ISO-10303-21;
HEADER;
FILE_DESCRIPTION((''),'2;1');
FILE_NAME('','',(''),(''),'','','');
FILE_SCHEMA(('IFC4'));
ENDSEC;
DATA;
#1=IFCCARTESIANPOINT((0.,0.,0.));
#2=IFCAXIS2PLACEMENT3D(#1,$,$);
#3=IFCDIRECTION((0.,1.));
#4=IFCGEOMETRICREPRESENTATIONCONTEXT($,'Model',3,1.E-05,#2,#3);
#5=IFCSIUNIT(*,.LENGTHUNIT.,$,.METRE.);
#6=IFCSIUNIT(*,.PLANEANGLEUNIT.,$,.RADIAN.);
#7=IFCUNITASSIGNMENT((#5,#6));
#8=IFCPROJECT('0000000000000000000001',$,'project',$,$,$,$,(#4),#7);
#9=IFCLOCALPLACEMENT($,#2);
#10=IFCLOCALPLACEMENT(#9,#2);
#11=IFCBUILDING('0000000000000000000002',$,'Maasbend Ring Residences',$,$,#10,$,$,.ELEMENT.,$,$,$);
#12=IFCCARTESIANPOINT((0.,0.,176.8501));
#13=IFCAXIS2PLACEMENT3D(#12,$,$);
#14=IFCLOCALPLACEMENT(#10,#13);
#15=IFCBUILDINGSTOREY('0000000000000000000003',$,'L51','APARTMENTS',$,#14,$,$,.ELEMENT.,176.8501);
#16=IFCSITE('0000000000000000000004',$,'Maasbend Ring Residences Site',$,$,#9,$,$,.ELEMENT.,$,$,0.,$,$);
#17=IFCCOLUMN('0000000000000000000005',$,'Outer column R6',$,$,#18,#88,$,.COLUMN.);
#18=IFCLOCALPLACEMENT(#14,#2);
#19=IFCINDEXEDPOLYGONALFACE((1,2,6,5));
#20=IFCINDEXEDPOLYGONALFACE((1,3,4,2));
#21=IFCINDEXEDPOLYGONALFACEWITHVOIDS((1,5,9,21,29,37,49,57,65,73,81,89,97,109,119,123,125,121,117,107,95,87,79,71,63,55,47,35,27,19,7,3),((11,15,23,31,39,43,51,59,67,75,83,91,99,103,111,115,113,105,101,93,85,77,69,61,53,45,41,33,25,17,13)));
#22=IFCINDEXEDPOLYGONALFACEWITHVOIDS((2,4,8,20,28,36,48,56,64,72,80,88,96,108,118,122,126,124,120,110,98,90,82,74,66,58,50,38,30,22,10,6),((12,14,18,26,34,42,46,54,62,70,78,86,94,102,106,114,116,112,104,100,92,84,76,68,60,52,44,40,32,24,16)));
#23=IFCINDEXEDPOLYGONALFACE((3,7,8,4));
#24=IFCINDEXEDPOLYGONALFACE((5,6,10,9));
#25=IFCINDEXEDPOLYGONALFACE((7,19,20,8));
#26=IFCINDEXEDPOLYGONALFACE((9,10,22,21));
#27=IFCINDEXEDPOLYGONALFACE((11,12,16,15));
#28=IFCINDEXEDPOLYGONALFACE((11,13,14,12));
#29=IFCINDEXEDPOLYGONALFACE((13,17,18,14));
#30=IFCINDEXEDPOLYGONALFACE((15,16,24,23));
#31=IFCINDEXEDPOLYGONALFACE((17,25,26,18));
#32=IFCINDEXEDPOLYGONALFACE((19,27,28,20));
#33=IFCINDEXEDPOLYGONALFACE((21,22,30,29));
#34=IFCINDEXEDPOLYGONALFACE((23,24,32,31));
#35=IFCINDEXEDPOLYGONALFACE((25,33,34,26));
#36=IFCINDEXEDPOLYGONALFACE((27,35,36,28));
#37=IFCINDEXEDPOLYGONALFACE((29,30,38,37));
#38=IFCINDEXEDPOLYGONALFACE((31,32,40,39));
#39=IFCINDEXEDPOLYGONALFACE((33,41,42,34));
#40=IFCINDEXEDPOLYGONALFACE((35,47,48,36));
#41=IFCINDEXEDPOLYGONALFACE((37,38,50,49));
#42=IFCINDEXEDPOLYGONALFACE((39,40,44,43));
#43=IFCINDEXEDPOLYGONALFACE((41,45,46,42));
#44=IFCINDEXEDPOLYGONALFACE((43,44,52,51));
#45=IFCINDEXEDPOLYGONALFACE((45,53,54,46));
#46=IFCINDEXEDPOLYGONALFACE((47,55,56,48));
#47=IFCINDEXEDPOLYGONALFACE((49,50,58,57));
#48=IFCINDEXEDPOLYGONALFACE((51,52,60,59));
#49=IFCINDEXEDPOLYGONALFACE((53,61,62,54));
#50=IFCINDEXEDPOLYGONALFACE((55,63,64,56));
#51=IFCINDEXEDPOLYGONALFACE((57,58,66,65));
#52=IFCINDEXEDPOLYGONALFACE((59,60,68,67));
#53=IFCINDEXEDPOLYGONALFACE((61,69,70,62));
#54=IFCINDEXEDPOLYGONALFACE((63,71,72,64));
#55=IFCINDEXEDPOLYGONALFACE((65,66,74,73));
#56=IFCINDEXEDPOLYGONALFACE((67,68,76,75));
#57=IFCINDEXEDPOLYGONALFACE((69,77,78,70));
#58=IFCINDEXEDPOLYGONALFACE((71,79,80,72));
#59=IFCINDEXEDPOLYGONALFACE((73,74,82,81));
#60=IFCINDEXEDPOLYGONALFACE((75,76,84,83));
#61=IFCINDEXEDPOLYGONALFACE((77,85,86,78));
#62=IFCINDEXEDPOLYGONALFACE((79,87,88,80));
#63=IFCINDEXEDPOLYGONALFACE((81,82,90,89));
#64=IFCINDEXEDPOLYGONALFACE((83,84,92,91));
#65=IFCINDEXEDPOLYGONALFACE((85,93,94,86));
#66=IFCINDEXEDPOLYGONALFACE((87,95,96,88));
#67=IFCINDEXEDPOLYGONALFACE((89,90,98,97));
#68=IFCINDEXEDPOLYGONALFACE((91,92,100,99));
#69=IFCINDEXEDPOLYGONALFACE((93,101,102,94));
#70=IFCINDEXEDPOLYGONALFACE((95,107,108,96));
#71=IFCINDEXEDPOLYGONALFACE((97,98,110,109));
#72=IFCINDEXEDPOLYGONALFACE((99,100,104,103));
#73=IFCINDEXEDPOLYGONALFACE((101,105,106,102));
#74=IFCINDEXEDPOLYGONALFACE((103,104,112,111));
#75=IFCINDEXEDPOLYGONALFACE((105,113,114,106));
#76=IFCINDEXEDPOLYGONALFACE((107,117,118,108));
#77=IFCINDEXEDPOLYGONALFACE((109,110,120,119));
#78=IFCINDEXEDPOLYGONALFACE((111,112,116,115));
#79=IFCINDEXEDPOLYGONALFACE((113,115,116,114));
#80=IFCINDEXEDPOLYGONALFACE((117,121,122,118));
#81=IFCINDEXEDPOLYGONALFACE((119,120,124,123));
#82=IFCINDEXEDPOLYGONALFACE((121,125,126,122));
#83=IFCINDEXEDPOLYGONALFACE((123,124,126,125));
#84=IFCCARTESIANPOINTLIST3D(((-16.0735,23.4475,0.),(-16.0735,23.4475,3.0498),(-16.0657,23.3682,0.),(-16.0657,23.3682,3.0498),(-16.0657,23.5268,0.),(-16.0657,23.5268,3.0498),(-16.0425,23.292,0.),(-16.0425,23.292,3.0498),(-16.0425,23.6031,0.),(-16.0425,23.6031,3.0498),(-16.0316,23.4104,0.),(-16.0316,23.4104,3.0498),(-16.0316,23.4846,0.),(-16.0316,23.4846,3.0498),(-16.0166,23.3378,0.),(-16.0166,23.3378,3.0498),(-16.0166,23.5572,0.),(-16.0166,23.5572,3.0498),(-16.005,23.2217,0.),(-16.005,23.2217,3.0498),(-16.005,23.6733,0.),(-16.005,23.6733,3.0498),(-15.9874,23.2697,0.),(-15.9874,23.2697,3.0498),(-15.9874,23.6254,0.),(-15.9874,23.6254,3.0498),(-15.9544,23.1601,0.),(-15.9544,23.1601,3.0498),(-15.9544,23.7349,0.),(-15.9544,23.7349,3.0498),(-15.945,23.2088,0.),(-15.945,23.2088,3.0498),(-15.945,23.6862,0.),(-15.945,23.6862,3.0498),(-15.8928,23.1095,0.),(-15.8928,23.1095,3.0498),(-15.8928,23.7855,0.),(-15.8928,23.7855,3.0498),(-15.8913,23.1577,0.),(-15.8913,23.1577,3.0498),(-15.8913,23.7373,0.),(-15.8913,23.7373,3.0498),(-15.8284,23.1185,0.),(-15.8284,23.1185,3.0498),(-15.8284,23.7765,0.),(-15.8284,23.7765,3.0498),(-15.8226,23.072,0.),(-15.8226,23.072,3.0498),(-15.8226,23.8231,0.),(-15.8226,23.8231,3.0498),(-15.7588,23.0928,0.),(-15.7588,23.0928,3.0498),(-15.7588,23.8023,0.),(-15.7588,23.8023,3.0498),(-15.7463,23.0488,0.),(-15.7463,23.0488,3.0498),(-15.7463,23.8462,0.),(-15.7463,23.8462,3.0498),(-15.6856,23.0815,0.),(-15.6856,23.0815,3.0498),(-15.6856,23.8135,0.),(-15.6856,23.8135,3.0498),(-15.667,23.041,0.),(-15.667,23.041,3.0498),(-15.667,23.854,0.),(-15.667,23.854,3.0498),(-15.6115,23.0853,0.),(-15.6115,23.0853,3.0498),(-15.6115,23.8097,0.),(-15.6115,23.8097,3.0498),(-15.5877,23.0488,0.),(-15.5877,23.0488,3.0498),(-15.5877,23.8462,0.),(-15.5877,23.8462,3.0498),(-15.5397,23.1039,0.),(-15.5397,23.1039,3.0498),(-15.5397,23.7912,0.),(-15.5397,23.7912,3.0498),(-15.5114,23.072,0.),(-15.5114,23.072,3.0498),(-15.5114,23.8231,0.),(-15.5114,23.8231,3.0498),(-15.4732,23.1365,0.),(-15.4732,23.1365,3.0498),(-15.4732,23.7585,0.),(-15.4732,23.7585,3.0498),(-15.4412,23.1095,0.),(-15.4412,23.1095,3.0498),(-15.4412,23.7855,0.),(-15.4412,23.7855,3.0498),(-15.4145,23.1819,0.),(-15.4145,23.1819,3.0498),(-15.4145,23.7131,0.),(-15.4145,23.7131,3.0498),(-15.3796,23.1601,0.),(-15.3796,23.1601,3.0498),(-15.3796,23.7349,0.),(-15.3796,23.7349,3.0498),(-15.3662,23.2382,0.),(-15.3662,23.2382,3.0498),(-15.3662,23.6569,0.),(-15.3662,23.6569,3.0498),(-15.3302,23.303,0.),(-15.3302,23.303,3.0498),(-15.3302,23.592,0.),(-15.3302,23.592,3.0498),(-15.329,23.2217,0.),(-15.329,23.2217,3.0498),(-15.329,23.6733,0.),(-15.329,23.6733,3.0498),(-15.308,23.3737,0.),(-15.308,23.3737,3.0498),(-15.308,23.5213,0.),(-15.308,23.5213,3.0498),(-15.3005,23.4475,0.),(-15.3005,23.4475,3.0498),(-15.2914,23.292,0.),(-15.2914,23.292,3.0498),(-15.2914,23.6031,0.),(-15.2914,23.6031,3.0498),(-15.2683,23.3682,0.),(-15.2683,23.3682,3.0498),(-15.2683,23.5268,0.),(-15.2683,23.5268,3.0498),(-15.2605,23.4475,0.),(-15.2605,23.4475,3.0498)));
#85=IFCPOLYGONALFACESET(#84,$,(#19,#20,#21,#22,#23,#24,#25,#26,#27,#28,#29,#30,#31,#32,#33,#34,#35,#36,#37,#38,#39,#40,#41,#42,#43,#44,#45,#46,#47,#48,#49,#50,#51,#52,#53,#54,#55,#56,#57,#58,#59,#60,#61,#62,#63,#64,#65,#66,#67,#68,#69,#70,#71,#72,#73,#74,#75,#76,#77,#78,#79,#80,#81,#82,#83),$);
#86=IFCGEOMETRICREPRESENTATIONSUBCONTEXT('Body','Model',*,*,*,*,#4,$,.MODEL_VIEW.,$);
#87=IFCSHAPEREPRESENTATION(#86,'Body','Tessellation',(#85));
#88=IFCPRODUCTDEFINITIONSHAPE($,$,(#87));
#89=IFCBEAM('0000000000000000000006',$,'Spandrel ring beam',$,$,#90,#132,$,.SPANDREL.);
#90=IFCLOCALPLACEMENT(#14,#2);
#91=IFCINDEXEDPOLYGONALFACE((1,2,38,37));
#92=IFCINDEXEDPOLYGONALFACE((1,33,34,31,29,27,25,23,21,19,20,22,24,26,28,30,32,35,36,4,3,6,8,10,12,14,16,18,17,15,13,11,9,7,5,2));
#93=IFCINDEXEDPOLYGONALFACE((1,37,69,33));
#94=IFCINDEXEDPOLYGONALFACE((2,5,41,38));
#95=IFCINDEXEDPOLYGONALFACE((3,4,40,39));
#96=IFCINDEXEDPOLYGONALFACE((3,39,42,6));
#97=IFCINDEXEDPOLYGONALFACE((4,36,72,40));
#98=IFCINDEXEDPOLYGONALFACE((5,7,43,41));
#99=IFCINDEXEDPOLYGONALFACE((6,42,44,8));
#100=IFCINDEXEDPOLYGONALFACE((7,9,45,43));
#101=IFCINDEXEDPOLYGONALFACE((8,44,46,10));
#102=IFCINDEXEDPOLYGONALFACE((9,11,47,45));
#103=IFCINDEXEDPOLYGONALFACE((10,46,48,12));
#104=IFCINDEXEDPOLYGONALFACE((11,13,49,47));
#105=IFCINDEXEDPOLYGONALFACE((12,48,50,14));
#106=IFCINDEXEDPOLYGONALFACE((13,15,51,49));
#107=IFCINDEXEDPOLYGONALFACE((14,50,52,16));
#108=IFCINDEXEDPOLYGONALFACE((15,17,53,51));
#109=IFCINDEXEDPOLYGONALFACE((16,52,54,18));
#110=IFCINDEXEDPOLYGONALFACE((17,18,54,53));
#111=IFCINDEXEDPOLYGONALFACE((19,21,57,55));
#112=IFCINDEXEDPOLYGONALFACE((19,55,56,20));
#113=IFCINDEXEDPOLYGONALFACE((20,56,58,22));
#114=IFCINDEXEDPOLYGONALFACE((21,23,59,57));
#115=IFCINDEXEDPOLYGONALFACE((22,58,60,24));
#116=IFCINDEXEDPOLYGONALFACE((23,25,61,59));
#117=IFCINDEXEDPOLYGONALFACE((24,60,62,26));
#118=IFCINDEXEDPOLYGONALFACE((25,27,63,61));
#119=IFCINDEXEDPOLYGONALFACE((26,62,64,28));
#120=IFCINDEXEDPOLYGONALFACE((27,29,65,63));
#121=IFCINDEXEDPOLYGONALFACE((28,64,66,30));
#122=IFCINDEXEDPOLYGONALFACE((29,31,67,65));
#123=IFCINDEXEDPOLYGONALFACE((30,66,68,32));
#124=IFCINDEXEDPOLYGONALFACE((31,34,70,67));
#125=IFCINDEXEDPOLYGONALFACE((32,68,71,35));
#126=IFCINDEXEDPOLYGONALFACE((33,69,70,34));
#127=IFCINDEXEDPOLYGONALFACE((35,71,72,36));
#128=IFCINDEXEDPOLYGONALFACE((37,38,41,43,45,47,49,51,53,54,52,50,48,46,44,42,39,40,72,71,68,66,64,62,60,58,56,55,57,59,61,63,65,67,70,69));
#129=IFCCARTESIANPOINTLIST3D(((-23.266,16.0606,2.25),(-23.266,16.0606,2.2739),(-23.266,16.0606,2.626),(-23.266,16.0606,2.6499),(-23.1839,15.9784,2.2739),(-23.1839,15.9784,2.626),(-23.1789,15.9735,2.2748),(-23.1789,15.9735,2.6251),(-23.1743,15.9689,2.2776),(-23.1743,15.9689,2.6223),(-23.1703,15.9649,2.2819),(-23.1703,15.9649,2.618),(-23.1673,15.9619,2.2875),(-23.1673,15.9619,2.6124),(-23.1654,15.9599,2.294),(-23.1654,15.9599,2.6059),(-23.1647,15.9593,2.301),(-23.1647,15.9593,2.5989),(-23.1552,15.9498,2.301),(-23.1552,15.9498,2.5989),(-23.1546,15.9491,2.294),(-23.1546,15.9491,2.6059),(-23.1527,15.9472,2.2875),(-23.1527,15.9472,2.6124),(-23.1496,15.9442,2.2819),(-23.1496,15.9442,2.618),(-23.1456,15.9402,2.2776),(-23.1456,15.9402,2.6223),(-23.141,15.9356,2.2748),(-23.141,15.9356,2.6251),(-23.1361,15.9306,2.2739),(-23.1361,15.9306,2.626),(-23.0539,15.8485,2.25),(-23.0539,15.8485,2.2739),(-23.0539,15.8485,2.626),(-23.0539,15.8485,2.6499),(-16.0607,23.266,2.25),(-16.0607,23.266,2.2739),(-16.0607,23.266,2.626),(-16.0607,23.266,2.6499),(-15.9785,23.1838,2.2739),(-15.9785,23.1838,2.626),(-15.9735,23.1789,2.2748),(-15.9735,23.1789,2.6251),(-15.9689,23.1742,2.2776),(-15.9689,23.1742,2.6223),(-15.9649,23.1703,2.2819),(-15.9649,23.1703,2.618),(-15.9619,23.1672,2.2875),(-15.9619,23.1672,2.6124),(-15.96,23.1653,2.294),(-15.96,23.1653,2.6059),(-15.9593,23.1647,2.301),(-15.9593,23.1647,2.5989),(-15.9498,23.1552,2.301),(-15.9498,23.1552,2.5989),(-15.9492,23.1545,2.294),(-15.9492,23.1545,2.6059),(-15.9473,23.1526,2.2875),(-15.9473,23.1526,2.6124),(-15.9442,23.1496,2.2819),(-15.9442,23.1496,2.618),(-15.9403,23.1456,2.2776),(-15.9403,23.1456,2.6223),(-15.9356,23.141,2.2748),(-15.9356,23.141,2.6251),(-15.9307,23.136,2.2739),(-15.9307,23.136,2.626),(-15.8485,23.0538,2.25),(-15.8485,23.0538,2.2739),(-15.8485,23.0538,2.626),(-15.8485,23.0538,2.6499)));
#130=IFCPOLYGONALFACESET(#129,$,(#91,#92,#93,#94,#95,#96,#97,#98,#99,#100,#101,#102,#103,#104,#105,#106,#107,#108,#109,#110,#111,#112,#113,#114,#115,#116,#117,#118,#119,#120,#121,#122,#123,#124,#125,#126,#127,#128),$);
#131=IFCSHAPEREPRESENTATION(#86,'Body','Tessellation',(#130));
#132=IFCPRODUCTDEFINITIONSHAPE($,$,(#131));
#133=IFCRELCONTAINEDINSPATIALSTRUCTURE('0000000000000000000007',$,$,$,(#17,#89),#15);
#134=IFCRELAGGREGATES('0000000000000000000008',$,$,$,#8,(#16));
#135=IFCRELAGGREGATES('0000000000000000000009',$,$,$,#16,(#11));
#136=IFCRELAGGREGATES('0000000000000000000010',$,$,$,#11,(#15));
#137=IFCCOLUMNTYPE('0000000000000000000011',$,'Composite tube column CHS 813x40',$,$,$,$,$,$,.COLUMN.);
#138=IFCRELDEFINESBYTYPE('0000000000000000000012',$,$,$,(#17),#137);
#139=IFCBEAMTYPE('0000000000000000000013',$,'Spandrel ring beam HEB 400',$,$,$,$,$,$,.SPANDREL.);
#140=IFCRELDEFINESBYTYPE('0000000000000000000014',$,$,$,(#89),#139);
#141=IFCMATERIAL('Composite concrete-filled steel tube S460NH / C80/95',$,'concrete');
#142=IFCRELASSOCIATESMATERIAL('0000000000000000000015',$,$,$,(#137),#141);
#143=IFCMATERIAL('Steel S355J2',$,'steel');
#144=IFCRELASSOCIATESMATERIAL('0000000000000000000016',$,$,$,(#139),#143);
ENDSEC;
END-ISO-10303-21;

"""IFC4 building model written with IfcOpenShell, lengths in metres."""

from ifc_helpers import new_model, si_unit, direction, frame, origin, origin_2d, place, context, subcontext, project, spatial, hollow_circle, i_section, extrude, material, material_profile, profile_set, type_object, element, save


model = new_model("IFC4")

# Units and contexts
model_context = context("Model", 3, precision=1e-05, world=origin(), true_north=direction((0.0, 1.0)))
body_context = subcontext(model_context, "Body", "Model", "MODEL_VIEW")
ifc_project = project(units=[si_unit("LENGTHUNIT", "METRE"), si_unit("PLANEANGLEUNIT", "RADIAN")], contexts=[model_context])

# Site, building, storey
site_placement = place(None, origin())
site = spatial("IfcSite", under=ifc_project, at=site_placement, Name="Maasbend Ring Residences Site", CompositionType="ELEMENT", RefElevation=0.0)
building_placement = place(site_placement, origin())
building = spatial("IfcBuilding", under=site, at=building_placement, Name="Maasbend Ring Residences", CompositionType="ELEMENT")
storey_placement = place(building_placement, frame((0.0, 0.0, 176.8501)))
storey = spatial("IfcBuildingStorey", under=building, at=storey_placement, Name="L51", Description="APARTMENTS", CompositionType="ELEMENT", Elevation=176.8501)

# Column
ifc_material_1 = material(Name="Composite concrete-filled steel tube S460NH / C80/95", Category="concrete")
ifc_material_profile_1 = material_profile(ifc_material_1, hollow_circle(Radius=0.4065, WallThickness=0.04, at=origin_2d()), Name="Composite tube column CHS 813x40")
ifc_profile_set_1 = profile_set([ifc_material_profile_1], Name="Composite concrete-filled steel tube S460NH / C80/95")
column_type = type_object("IfcColumnType", Name="Composite tube column CHS 813x40", PredefinedType="COLUMN", material=ifc_profile_set_1)
column_placement = place(storey_placement, frame((-15.667, 23.4475, 0.0), z_axis=(0.0, 0.0, 1.0), x_axis=(1.0, 0.0, 0.0)))
element("IfcColumn", 1, at=column_placement, inside=storey, type_object=column_type, Name="Outer column R6", PredefinedType="COLUMN", context=body_context, shape_type="SweptSolid", body=[
    extrude(hollow_circle(Radius=0.4065, WallThickness=0.04, at=origin_2d()), origin(), (0.0, 0.0, 1.0), 3.0498),
])

# Beam
ifc_material_2 = material(Name="Steel S355J2", Category="steel")
ifc_material_profile_2 = material_profile(ifc_material_2, i_section(OverallWidth=0.3, OverallDepth=0.3999, WebThickness=0.0134, FlangeThickness=0.0239, FilletRadius=0.0271, at=origin_2d()), Name="HEB 400")
ifc_profile_set_2 = profile_set([ifc_material_profile_2], Name="Steel S355J2")
beam_type = type_object("IfcBeamType", Name="Spandrel ring beam HEB 400", PredefinedType="SPANDREL", material=ifc_profile_set_2)
beam_placement = place(storey_placement, frame((-15.9546, 23.1599, 2.45), z_axis=(-0.707107, -0.707107, 0.0), x_axis=(0.707107, -0.707107, 0.0)))
element("IfcBeam", 2, at=beam_placement, inside=storey, type_object=beam_type, Name="Spandrel ring beam", PredefinedType="SPANDREL", context=body_context, shape_type="SweptSolid", body=[
    extrude(i_section(OverallWidth=0.3, OverallDepth=0.3999, WebThickness=0.0134, FlangeThickness=0.0239, FilletRadius=0.0271, at=origin_2d()), origin(), (0.0, 0.0, 1.0), 10.1899),
])

save(model, "model.ifc")
